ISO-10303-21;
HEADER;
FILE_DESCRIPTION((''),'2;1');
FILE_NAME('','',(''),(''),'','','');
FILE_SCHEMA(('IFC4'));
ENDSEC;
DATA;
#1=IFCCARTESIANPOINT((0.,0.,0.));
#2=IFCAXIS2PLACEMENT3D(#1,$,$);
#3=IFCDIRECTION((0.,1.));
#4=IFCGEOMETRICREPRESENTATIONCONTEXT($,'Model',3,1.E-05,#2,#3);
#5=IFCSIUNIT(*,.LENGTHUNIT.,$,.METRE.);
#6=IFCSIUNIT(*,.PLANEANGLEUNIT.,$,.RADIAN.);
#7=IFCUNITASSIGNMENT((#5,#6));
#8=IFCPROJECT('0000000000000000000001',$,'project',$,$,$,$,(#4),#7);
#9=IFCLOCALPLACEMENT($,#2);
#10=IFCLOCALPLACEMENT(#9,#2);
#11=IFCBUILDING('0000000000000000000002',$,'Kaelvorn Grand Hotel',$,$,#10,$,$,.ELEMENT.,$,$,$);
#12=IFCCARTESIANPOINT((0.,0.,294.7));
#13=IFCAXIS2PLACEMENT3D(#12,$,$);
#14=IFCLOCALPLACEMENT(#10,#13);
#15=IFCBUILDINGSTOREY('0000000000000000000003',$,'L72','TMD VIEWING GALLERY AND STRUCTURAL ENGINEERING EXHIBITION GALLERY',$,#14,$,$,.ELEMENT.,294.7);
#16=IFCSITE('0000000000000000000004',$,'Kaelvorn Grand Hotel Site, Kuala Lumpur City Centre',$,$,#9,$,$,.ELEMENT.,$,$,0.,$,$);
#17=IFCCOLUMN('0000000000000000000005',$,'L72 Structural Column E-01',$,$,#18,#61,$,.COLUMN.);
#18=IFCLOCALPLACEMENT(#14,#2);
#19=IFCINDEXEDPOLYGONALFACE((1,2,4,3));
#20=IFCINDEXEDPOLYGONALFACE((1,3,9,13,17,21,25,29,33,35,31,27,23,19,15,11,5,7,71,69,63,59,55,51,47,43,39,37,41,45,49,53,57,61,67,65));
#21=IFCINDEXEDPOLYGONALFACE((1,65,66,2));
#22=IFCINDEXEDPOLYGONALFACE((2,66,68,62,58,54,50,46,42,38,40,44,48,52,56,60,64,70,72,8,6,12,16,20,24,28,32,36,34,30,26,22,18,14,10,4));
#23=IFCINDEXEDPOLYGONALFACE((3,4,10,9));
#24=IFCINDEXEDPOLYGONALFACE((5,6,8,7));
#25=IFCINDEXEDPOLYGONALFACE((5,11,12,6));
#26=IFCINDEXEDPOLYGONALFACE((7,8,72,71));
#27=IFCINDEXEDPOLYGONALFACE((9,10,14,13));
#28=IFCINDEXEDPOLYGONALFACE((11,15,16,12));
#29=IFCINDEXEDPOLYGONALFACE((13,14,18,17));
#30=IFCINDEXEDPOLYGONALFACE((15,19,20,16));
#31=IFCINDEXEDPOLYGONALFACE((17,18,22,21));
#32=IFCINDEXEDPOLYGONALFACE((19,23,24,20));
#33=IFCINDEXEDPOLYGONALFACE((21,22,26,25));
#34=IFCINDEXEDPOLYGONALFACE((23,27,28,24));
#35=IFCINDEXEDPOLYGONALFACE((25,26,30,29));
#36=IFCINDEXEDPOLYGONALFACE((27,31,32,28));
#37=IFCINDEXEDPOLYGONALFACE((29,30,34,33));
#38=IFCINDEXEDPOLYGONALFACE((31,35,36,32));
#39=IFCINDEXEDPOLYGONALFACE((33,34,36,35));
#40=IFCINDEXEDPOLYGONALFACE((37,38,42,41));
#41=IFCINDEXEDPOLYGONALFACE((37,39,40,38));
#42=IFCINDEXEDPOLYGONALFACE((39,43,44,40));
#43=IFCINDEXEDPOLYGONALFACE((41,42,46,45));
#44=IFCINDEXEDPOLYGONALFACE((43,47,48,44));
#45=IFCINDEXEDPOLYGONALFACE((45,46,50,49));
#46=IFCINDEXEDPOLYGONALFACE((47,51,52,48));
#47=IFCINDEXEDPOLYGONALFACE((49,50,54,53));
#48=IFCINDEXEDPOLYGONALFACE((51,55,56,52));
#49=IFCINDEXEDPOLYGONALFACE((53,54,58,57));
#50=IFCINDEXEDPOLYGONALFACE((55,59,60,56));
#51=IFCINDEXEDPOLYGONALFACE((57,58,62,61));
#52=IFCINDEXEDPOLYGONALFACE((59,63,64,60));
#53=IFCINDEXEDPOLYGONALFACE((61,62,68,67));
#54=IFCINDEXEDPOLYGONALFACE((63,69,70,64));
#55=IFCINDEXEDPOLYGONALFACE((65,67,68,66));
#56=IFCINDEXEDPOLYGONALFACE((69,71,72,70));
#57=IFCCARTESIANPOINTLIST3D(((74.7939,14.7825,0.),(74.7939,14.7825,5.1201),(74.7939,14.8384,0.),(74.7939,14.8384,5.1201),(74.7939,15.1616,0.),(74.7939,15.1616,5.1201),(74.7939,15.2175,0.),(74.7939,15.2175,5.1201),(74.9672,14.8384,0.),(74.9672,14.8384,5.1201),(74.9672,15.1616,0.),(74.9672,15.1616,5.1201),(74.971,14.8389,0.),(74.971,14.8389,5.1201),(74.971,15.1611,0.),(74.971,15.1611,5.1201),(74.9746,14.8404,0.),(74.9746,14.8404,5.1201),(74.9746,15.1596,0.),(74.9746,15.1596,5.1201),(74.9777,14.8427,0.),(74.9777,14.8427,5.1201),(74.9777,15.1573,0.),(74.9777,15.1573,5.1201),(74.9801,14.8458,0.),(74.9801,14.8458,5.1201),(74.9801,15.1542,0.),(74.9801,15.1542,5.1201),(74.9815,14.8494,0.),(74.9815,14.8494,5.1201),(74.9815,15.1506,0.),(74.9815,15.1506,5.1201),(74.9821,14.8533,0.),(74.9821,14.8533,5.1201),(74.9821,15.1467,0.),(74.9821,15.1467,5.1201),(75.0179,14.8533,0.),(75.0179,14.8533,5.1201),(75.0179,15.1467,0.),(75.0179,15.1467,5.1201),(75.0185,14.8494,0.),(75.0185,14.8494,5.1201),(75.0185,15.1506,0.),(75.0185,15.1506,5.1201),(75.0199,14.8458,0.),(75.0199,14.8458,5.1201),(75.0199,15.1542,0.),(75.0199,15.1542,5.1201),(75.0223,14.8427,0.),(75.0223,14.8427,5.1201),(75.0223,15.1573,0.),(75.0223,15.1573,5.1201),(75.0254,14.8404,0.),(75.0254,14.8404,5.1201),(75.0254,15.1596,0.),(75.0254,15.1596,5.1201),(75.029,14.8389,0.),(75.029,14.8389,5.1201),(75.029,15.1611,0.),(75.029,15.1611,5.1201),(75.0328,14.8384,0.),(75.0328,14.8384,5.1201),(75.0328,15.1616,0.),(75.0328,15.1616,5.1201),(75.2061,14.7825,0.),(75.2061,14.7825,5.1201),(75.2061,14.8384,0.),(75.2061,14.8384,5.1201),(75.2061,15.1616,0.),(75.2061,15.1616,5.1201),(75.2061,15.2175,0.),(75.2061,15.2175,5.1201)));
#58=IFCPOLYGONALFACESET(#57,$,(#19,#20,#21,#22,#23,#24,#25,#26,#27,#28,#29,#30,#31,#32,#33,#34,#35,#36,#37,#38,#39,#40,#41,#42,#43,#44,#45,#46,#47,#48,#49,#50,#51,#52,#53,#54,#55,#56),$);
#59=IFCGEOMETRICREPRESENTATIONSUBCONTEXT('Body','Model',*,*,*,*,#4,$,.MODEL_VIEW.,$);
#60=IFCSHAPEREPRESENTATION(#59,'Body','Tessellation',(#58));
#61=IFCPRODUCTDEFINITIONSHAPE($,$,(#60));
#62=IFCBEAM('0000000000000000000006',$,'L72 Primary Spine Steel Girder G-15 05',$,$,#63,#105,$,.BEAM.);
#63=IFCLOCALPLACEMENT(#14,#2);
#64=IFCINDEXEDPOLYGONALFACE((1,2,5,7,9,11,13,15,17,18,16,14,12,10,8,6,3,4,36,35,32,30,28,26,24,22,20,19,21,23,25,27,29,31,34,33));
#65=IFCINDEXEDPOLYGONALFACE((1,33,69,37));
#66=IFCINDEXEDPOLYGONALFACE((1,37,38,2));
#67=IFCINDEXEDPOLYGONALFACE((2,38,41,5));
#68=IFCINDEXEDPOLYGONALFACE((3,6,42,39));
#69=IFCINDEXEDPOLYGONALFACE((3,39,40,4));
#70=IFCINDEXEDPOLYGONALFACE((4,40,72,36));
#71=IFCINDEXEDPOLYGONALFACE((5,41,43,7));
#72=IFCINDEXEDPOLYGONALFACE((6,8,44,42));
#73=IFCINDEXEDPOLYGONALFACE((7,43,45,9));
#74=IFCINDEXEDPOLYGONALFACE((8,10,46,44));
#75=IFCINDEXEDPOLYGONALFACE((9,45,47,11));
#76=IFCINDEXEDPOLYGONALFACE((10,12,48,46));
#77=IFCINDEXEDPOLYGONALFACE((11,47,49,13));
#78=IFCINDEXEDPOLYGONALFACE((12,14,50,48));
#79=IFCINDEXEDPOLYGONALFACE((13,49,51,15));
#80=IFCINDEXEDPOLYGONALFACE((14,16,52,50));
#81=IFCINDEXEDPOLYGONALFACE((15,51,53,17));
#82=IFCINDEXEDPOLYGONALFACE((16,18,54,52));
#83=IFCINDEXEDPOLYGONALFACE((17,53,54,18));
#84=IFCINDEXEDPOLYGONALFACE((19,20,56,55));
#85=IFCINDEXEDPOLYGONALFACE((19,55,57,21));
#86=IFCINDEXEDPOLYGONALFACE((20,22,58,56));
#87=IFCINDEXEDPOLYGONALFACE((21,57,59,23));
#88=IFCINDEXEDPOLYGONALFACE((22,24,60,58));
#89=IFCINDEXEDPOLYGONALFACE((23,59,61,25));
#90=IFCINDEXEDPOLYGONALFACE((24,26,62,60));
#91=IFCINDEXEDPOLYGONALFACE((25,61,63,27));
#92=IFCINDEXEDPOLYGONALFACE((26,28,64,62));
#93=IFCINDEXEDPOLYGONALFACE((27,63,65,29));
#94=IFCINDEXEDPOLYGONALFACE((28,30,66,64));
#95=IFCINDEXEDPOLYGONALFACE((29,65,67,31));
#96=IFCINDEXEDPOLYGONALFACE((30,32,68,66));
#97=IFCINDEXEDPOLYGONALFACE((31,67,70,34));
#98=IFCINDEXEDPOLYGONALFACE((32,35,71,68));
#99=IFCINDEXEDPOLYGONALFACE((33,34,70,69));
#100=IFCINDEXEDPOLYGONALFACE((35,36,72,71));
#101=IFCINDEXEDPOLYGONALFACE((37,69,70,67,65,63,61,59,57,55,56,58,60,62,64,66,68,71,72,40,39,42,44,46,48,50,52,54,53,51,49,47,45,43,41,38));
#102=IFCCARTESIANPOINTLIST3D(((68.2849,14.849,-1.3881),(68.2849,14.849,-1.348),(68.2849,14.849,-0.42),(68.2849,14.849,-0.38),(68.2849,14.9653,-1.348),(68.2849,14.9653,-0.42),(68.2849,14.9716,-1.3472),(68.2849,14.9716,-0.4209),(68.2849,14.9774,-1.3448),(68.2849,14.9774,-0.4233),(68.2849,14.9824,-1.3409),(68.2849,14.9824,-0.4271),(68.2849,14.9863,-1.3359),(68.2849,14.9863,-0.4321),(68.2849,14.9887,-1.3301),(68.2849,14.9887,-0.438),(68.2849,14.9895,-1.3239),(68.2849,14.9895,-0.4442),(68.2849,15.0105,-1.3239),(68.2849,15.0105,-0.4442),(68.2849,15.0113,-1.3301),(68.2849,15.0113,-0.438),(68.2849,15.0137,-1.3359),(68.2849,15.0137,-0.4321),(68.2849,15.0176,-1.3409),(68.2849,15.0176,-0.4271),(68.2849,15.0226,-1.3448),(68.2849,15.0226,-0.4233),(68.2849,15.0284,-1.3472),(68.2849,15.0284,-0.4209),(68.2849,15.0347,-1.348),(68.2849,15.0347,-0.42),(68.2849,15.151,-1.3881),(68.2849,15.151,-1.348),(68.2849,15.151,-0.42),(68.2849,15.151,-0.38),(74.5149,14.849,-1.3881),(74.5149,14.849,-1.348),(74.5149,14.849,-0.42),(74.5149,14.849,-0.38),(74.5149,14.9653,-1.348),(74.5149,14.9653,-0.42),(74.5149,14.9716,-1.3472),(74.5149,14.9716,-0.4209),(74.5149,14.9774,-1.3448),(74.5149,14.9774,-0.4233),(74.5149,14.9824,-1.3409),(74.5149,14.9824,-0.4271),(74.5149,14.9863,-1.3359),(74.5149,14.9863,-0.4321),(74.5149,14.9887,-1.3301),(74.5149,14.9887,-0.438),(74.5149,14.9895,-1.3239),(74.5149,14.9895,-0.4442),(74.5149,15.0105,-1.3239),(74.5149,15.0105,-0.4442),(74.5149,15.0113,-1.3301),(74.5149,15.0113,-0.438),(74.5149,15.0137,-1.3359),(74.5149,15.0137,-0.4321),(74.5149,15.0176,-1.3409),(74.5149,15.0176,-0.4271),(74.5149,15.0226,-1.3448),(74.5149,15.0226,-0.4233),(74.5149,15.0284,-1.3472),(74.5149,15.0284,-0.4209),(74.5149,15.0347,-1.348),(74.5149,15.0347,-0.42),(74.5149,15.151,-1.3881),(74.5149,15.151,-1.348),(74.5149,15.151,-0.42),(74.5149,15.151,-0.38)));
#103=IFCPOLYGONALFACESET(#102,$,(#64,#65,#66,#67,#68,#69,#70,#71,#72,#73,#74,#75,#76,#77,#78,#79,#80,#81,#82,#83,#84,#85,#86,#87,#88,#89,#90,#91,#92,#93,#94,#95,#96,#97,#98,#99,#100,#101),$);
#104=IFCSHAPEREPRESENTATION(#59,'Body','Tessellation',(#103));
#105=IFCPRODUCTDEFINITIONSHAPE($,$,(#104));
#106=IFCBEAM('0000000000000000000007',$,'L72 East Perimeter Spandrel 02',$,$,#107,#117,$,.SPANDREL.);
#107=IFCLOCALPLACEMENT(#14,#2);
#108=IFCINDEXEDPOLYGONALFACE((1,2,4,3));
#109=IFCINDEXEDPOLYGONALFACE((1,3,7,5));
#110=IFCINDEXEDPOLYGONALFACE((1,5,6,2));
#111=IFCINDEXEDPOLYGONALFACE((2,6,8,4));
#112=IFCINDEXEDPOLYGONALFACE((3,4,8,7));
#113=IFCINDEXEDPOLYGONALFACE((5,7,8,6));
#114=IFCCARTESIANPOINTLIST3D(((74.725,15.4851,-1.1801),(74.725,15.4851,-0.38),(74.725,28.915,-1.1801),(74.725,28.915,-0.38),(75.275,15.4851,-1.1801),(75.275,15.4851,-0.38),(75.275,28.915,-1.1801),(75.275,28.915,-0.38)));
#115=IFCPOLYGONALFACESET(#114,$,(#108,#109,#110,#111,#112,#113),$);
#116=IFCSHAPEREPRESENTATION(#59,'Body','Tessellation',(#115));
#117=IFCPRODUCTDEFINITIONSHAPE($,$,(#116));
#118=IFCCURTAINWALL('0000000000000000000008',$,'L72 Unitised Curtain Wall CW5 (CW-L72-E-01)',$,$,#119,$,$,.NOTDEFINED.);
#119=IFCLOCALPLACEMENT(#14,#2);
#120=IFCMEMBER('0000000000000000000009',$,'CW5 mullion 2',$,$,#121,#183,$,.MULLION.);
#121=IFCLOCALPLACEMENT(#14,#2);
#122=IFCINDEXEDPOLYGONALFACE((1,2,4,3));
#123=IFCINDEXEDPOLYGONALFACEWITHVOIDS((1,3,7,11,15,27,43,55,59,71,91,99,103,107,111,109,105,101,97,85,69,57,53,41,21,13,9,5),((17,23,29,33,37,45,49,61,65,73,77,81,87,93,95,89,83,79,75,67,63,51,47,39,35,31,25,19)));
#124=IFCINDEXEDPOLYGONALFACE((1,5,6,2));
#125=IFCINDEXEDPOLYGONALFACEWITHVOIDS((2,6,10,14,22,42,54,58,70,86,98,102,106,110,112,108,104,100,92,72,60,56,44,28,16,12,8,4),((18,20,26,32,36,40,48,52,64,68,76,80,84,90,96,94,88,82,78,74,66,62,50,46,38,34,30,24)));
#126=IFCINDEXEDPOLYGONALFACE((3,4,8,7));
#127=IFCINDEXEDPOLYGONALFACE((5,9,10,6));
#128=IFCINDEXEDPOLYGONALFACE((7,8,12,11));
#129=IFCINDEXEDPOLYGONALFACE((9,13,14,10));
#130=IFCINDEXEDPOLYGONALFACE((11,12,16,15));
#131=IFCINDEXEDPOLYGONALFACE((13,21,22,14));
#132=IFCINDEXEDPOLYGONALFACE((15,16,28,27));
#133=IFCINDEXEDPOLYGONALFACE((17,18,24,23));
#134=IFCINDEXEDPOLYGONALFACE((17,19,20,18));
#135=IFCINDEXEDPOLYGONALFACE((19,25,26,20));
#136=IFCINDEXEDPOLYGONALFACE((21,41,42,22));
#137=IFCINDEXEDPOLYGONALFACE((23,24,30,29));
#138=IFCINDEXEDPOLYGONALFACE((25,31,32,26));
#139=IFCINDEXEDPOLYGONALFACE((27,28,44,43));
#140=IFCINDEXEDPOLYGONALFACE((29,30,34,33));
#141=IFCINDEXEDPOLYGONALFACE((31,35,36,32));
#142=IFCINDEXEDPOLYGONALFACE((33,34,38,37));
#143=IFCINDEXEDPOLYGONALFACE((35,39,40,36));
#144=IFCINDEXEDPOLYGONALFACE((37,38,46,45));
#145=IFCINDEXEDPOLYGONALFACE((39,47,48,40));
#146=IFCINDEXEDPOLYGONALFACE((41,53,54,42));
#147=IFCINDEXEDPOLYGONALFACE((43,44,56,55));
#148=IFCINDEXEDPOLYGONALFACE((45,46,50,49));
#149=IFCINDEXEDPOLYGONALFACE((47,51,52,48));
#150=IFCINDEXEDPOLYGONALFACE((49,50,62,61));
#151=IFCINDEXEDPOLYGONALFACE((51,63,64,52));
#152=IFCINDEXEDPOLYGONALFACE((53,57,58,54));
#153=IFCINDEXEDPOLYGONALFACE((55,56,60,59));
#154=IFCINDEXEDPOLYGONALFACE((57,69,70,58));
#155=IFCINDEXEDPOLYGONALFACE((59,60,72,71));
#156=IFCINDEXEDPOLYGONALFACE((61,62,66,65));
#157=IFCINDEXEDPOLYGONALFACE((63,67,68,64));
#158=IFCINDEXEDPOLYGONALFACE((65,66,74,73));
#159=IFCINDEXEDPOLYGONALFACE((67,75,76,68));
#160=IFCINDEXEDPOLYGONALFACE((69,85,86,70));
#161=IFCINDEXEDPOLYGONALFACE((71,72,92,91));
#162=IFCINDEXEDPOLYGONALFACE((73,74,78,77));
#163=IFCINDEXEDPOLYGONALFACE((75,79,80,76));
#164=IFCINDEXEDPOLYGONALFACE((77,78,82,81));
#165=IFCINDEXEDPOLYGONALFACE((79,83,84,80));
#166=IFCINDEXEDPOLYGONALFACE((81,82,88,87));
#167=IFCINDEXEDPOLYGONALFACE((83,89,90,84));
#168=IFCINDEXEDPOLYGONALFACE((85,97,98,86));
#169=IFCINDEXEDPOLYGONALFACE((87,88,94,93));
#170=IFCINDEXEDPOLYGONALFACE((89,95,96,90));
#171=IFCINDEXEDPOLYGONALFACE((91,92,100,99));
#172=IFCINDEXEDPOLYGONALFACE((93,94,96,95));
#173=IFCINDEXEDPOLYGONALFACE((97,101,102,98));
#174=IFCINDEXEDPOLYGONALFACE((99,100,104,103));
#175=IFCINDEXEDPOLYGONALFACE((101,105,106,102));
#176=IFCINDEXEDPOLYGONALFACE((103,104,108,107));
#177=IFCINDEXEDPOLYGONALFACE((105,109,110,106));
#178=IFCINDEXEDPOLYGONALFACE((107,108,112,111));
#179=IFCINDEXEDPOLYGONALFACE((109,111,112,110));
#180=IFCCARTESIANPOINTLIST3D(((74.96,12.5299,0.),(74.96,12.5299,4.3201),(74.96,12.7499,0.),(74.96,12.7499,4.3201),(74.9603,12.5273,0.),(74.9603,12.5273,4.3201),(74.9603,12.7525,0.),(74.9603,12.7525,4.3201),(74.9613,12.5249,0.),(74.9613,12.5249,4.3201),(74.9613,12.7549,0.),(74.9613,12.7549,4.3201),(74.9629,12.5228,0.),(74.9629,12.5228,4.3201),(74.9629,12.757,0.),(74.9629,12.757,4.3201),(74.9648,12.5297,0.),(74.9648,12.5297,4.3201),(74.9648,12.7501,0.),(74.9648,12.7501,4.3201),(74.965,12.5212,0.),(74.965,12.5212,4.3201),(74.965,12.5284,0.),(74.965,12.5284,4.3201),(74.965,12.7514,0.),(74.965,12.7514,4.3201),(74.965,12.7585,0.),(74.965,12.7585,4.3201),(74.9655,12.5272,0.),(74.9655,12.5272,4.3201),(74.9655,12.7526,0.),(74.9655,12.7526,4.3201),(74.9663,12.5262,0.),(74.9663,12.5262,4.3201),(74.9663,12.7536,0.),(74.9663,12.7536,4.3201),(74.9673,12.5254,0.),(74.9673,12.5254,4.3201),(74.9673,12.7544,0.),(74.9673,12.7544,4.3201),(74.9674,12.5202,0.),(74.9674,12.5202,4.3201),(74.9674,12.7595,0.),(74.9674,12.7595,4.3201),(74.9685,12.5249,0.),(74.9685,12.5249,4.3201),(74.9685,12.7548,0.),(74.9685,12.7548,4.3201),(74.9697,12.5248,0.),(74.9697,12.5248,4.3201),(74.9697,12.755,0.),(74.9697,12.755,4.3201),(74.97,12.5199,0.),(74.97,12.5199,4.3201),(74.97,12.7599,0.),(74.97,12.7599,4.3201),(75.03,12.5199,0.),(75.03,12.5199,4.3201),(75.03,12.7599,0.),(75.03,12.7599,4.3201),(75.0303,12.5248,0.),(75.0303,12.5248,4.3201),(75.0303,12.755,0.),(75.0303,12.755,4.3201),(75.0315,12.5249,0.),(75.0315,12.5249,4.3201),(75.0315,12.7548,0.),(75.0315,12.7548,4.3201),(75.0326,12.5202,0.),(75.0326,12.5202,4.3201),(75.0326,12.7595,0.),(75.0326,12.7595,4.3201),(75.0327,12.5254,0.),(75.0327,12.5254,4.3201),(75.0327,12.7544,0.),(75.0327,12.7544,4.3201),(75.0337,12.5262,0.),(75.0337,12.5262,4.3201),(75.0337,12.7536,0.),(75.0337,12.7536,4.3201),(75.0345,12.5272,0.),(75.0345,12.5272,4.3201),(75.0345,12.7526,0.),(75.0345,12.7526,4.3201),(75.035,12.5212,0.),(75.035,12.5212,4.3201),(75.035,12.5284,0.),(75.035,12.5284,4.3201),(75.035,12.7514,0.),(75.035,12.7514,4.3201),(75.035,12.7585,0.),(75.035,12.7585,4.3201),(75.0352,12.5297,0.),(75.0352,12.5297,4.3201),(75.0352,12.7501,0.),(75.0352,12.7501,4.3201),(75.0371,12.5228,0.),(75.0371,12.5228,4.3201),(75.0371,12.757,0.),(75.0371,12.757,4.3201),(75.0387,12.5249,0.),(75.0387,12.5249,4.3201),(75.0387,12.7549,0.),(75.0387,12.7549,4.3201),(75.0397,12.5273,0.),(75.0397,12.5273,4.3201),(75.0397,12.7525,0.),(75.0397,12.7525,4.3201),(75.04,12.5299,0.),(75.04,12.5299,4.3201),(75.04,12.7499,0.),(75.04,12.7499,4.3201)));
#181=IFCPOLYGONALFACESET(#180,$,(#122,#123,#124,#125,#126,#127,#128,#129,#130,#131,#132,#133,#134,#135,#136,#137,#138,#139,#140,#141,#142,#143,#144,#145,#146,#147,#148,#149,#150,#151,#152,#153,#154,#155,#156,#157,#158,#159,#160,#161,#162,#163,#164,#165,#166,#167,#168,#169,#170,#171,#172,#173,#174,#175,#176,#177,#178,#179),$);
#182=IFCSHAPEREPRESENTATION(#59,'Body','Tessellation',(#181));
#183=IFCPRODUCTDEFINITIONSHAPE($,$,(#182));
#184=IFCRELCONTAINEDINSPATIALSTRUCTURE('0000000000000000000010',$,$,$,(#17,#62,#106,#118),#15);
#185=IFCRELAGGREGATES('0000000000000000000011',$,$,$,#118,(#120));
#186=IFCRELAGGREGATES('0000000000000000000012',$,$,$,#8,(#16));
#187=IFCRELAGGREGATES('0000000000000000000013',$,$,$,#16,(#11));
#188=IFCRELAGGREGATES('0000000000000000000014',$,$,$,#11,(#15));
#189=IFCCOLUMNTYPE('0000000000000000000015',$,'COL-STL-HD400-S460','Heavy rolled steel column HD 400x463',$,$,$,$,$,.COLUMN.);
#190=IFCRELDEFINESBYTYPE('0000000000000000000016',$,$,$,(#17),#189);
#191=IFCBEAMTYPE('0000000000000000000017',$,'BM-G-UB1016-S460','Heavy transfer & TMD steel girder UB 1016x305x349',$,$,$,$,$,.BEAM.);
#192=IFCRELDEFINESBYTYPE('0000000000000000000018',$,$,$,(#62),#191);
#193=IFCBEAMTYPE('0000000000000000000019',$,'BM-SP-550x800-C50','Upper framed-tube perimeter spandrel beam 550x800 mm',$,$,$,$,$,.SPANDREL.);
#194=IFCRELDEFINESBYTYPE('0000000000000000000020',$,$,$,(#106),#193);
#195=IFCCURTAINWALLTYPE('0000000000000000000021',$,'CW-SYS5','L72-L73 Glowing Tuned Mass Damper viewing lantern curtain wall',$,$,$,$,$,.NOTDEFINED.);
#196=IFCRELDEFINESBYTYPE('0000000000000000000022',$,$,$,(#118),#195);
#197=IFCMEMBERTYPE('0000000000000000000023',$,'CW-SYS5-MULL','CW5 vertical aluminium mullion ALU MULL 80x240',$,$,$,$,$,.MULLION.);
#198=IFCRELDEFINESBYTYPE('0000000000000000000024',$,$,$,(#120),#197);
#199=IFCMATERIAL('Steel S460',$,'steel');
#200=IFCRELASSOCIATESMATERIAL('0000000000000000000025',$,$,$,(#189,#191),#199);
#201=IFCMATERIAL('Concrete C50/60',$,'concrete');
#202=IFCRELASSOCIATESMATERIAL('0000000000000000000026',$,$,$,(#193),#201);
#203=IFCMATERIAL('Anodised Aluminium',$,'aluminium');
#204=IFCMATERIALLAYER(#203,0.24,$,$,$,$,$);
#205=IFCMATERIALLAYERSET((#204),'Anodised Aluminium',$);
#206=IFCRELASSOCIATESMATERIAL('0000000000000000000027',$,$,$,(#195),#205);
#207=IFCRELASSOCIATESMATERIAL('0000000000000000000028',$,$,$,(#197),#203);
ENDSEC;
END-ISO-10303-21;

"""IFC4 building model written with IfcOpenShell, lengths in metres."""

from ifc_helpers import new_model, si_unit, direction, frame, origin, origin_2d, place, context, subcontext, project, spatial, rectangle, hollow_rectangle, i_section, extrude, material, layer, layer_set, material_profile, profile_set, type_object, element, aggregate, save


model = new_model("IFC4")

# Units and contexts
model_context = context("Model", 3, precision=1e-05, world=origin(), true_north=direction((0.0, 1.0)))
body_context = subcontext(model_context, "Body", "Model", "MODEL_VIEW")
ifc_project = project(units=[si_unit("LENGTHUNIT", "METRE"), si_unit("PLANEANGLEUNIT", "RADIAN")], contexts=[model_context])

# Site, building, storey
site_placement = place(None, origin())
site = spatial("IfcSite", under=ifc_project, at=site_placement, Name="Kaelvorn Grand Hotel Site, Kuala Lumpur City Centre", CompositionType="ELEMENT", RefElevation=0.0)
building_placement = place(site_placement, origin())
building = spatial("IfcBuilding", under=site, at=building_placement, Name="Kaelvorn Grand Hotel", CompositionType="ELEMENT")
storey_placement = place(building_placement, frame((0.0, 0.0, 294.7)))
storey = spatial("IfcBuildingStorey", under=building, at=storey_placement, Name="L72", Description="TMD VIEWING GALLERY AND STRUCTURAL ENGINEERING EXHIBITION GALLERY", CompositionType="ELEMENT", Elevation=294.7)

# Column
ifc_material_1 = material(Name="Steel S460", Category="steel")
ifc_material_profile_1 = material_profile(ifc_material_1, i_section(OverallWidth=0.4121, OverallDepth=0.4351, WebThickness=0.0359, FlangeThickness=0.0559, FilletRadius=0.0149, at=origin_2d()), Name="HD 400x463")
ifc_profile_set_1 = profile_set([ifc_material_profile_1], Name="Steel S460")
column_type = type_object("IfcColumnType", Name="COL-STL-HD400-S460", Description="Heavy rolled steel column HD 400x463", PredefinedType="COLUMN", material=ifc_profile_set_1)
column_placement = place(storey_placement, frame((75.0, 15.0, 0.0), z_axis=(0.0, 0.0, 1.0), x_axis=(1.0, 0.0, 0.0)))
element("IfcColumn", 1, at=column_placement, inside=storey, type_object=column_type, Name="L72 Structural Column E-01", PredefinedType="COLUMN", context=body_context, shape_type="SweptSolid", body=[
    extrude(i_section(OverallWidth=0.4121, OverallDepth=0.4351, WebThickness=0.0359, FlangeThickness=0.0559, FilletRadius=0.0149, at=origin_2d()), origin(), (0.0, 0.0, 1.0), 5.1201),
])

# Beams
ifc_material_profile_2 = material_profile(ifc_material_1, i_section(OverallWidth=0.302, OverallDepth=1.0081, WebThickness=0.021, FlangeThickness=0.04, FilletRadius=0.0242, at=origin_2d()), Name="UB 1016x305x349")
ifc_profile_set_2 = profile_set([ifc_material_profile_2], Name="Steel S460")
beam_type_1 = type_object("IfcBeamType", Name="BM-G-UB1016-S460", Description="Heavy transfer & TMD steel girder UB 1016x305x349", PredefinedType="BEAM", material=ifc_profile_set_2)
beam_1_placement = place(storey_placement, frame((68.2849, 15.0, -0.884), z_axis=(1.0, 0.0, 0.0), x_axis=(0.0, 1.0, 0.0)))
element("IfcBeam", 2, at=beam_1_placement, inside=storey, type_object=beam_type_1, Name="L72 Primary Spine Steel Girder G-15 05", PredefinedType="BEAM", context=body_context, shape_type="SweptSolid", body=[
    extrude(i_section(OverallWidth=0.302, OverallDepth=1.0081, WebThickness=0.021, FlangeThickness=0.04, FilletRadius=0.0242, at=origin_2d()), origin(), (0.0, 0.0, 1.0), 6.23),
])
ifc_material_2 = material(Name="Concrete C50/60", Category="concrete")
ifc_material_profile_3 = material_profile(ifc_material_2, rectangle(XDim=0.55, YDim=0.8, at=origin_2d()), Name="RC SPANDREL 550x800")
ifc_profile_set_3 = profile_set([ifc_material_profile_3], Name="Concrete C50/60")
beam_type_2 = type_object("IfcBeamType", Name="BM-SP-550x800-C50", Description="Upper framed-tube perimeter spandrel beam 550x800 mm", PredefinedType="SPANDREL", material=ifc_profile_set_3)
beam_2_placement = place(storey_placement, frame((75.0, 15.4851, -0.78), z_axis=(0.0, 1.0, 0.0), x_axis=(-1.0, 0.0, 0.0)))
element("IfcBeam", 3, at=beam_2_placement, inside=storey, type_object=beam_type_2, Name="L72 East Perimeter Spandrel 02", PredefinedType="SPANDREL", context=body_context, shape_type="SweptSolid", body=[
    extrude(rectangle(XDim=0.55, YDim=0.8, at=origin_2d()), origin(), (0.0, 0.0, 1.0), 13.4299),
])

# Curtain wall, member
ifc_material_3 = material(Name="Anodised Aluminium", Category="aluminium")
ifc_layer_1 = layer(ifc_material_3, 0.24)
ifc_layer_set_1 = layer_set([ifc_layer_1], Name="Anodised Aluminium")
curtain_wall_type = type_object("IfcCurtainWallType", Name="CW-SYS5", Description="L72-L73 Glowing Tuned Mass Damper viewing lantern curtain wall", PredefinedType="NOTDEFINED", material=ifc_layer_set_1)
curtain_wall_1_placement = place(storey_placement, origin())
curtain_wall_1 = element("IfcCurtainWall", 4, at=curtain_wall_1_placement, inside=storey, type_object=curtain_wall_type, Name="L72 Unitised Curtain Wall CW5 (CW-L72-E-01)", PredefinedType="NOTDEFINED")
ifc_material_profile_4 = material_profile(ifc_material_3, hollow_rectangle(XDim=0.0801, YDim=0.24, WallThickness=0.0049, InnerFilletRadius=0.0049, OuterFilletRadius=0.01, at=origin_2d()), Name="ALU MULL 80x240")
ifc_profile_set_4 = profile_set([ifc_material_profile_4], Name="Anodised Aluminium")
member_type_1 = type_object("IfcMemberType", Name="CW-SYS5-MULL", Description="CW5 vertical aluminium mullion ALU MULL 80x240", PredefinedType="MULLION", material=ifc_profile_set_4)
member_1_placement = place(storey_placement, frame((75.0, 12.6399, 0.0), z_axis=(0.0, 0.0, 1.0), x_axis=(-1.0, 0.0, 0.0)))
member_1 = element("IfcMember", 5, at=member_1_placement, type_object=member_type_1, Name="CW5 mullion 2", PredefinedType="MULLION", context=body_context, shape_type="SweptSolid", body=[
    extrude(hollow_rectangle(XDim=0.0801, YDim=0.24, WallThickness=0.0049, InnerFilletRadius=0.0049, OuterFilletRadius=0.01, at=origin_2d()), origin(), (0.0, 0.0, 1.0), 4.3201),
])

aggregate(curtain_wall_1, [member_1])

save(model, "model.ifc")
